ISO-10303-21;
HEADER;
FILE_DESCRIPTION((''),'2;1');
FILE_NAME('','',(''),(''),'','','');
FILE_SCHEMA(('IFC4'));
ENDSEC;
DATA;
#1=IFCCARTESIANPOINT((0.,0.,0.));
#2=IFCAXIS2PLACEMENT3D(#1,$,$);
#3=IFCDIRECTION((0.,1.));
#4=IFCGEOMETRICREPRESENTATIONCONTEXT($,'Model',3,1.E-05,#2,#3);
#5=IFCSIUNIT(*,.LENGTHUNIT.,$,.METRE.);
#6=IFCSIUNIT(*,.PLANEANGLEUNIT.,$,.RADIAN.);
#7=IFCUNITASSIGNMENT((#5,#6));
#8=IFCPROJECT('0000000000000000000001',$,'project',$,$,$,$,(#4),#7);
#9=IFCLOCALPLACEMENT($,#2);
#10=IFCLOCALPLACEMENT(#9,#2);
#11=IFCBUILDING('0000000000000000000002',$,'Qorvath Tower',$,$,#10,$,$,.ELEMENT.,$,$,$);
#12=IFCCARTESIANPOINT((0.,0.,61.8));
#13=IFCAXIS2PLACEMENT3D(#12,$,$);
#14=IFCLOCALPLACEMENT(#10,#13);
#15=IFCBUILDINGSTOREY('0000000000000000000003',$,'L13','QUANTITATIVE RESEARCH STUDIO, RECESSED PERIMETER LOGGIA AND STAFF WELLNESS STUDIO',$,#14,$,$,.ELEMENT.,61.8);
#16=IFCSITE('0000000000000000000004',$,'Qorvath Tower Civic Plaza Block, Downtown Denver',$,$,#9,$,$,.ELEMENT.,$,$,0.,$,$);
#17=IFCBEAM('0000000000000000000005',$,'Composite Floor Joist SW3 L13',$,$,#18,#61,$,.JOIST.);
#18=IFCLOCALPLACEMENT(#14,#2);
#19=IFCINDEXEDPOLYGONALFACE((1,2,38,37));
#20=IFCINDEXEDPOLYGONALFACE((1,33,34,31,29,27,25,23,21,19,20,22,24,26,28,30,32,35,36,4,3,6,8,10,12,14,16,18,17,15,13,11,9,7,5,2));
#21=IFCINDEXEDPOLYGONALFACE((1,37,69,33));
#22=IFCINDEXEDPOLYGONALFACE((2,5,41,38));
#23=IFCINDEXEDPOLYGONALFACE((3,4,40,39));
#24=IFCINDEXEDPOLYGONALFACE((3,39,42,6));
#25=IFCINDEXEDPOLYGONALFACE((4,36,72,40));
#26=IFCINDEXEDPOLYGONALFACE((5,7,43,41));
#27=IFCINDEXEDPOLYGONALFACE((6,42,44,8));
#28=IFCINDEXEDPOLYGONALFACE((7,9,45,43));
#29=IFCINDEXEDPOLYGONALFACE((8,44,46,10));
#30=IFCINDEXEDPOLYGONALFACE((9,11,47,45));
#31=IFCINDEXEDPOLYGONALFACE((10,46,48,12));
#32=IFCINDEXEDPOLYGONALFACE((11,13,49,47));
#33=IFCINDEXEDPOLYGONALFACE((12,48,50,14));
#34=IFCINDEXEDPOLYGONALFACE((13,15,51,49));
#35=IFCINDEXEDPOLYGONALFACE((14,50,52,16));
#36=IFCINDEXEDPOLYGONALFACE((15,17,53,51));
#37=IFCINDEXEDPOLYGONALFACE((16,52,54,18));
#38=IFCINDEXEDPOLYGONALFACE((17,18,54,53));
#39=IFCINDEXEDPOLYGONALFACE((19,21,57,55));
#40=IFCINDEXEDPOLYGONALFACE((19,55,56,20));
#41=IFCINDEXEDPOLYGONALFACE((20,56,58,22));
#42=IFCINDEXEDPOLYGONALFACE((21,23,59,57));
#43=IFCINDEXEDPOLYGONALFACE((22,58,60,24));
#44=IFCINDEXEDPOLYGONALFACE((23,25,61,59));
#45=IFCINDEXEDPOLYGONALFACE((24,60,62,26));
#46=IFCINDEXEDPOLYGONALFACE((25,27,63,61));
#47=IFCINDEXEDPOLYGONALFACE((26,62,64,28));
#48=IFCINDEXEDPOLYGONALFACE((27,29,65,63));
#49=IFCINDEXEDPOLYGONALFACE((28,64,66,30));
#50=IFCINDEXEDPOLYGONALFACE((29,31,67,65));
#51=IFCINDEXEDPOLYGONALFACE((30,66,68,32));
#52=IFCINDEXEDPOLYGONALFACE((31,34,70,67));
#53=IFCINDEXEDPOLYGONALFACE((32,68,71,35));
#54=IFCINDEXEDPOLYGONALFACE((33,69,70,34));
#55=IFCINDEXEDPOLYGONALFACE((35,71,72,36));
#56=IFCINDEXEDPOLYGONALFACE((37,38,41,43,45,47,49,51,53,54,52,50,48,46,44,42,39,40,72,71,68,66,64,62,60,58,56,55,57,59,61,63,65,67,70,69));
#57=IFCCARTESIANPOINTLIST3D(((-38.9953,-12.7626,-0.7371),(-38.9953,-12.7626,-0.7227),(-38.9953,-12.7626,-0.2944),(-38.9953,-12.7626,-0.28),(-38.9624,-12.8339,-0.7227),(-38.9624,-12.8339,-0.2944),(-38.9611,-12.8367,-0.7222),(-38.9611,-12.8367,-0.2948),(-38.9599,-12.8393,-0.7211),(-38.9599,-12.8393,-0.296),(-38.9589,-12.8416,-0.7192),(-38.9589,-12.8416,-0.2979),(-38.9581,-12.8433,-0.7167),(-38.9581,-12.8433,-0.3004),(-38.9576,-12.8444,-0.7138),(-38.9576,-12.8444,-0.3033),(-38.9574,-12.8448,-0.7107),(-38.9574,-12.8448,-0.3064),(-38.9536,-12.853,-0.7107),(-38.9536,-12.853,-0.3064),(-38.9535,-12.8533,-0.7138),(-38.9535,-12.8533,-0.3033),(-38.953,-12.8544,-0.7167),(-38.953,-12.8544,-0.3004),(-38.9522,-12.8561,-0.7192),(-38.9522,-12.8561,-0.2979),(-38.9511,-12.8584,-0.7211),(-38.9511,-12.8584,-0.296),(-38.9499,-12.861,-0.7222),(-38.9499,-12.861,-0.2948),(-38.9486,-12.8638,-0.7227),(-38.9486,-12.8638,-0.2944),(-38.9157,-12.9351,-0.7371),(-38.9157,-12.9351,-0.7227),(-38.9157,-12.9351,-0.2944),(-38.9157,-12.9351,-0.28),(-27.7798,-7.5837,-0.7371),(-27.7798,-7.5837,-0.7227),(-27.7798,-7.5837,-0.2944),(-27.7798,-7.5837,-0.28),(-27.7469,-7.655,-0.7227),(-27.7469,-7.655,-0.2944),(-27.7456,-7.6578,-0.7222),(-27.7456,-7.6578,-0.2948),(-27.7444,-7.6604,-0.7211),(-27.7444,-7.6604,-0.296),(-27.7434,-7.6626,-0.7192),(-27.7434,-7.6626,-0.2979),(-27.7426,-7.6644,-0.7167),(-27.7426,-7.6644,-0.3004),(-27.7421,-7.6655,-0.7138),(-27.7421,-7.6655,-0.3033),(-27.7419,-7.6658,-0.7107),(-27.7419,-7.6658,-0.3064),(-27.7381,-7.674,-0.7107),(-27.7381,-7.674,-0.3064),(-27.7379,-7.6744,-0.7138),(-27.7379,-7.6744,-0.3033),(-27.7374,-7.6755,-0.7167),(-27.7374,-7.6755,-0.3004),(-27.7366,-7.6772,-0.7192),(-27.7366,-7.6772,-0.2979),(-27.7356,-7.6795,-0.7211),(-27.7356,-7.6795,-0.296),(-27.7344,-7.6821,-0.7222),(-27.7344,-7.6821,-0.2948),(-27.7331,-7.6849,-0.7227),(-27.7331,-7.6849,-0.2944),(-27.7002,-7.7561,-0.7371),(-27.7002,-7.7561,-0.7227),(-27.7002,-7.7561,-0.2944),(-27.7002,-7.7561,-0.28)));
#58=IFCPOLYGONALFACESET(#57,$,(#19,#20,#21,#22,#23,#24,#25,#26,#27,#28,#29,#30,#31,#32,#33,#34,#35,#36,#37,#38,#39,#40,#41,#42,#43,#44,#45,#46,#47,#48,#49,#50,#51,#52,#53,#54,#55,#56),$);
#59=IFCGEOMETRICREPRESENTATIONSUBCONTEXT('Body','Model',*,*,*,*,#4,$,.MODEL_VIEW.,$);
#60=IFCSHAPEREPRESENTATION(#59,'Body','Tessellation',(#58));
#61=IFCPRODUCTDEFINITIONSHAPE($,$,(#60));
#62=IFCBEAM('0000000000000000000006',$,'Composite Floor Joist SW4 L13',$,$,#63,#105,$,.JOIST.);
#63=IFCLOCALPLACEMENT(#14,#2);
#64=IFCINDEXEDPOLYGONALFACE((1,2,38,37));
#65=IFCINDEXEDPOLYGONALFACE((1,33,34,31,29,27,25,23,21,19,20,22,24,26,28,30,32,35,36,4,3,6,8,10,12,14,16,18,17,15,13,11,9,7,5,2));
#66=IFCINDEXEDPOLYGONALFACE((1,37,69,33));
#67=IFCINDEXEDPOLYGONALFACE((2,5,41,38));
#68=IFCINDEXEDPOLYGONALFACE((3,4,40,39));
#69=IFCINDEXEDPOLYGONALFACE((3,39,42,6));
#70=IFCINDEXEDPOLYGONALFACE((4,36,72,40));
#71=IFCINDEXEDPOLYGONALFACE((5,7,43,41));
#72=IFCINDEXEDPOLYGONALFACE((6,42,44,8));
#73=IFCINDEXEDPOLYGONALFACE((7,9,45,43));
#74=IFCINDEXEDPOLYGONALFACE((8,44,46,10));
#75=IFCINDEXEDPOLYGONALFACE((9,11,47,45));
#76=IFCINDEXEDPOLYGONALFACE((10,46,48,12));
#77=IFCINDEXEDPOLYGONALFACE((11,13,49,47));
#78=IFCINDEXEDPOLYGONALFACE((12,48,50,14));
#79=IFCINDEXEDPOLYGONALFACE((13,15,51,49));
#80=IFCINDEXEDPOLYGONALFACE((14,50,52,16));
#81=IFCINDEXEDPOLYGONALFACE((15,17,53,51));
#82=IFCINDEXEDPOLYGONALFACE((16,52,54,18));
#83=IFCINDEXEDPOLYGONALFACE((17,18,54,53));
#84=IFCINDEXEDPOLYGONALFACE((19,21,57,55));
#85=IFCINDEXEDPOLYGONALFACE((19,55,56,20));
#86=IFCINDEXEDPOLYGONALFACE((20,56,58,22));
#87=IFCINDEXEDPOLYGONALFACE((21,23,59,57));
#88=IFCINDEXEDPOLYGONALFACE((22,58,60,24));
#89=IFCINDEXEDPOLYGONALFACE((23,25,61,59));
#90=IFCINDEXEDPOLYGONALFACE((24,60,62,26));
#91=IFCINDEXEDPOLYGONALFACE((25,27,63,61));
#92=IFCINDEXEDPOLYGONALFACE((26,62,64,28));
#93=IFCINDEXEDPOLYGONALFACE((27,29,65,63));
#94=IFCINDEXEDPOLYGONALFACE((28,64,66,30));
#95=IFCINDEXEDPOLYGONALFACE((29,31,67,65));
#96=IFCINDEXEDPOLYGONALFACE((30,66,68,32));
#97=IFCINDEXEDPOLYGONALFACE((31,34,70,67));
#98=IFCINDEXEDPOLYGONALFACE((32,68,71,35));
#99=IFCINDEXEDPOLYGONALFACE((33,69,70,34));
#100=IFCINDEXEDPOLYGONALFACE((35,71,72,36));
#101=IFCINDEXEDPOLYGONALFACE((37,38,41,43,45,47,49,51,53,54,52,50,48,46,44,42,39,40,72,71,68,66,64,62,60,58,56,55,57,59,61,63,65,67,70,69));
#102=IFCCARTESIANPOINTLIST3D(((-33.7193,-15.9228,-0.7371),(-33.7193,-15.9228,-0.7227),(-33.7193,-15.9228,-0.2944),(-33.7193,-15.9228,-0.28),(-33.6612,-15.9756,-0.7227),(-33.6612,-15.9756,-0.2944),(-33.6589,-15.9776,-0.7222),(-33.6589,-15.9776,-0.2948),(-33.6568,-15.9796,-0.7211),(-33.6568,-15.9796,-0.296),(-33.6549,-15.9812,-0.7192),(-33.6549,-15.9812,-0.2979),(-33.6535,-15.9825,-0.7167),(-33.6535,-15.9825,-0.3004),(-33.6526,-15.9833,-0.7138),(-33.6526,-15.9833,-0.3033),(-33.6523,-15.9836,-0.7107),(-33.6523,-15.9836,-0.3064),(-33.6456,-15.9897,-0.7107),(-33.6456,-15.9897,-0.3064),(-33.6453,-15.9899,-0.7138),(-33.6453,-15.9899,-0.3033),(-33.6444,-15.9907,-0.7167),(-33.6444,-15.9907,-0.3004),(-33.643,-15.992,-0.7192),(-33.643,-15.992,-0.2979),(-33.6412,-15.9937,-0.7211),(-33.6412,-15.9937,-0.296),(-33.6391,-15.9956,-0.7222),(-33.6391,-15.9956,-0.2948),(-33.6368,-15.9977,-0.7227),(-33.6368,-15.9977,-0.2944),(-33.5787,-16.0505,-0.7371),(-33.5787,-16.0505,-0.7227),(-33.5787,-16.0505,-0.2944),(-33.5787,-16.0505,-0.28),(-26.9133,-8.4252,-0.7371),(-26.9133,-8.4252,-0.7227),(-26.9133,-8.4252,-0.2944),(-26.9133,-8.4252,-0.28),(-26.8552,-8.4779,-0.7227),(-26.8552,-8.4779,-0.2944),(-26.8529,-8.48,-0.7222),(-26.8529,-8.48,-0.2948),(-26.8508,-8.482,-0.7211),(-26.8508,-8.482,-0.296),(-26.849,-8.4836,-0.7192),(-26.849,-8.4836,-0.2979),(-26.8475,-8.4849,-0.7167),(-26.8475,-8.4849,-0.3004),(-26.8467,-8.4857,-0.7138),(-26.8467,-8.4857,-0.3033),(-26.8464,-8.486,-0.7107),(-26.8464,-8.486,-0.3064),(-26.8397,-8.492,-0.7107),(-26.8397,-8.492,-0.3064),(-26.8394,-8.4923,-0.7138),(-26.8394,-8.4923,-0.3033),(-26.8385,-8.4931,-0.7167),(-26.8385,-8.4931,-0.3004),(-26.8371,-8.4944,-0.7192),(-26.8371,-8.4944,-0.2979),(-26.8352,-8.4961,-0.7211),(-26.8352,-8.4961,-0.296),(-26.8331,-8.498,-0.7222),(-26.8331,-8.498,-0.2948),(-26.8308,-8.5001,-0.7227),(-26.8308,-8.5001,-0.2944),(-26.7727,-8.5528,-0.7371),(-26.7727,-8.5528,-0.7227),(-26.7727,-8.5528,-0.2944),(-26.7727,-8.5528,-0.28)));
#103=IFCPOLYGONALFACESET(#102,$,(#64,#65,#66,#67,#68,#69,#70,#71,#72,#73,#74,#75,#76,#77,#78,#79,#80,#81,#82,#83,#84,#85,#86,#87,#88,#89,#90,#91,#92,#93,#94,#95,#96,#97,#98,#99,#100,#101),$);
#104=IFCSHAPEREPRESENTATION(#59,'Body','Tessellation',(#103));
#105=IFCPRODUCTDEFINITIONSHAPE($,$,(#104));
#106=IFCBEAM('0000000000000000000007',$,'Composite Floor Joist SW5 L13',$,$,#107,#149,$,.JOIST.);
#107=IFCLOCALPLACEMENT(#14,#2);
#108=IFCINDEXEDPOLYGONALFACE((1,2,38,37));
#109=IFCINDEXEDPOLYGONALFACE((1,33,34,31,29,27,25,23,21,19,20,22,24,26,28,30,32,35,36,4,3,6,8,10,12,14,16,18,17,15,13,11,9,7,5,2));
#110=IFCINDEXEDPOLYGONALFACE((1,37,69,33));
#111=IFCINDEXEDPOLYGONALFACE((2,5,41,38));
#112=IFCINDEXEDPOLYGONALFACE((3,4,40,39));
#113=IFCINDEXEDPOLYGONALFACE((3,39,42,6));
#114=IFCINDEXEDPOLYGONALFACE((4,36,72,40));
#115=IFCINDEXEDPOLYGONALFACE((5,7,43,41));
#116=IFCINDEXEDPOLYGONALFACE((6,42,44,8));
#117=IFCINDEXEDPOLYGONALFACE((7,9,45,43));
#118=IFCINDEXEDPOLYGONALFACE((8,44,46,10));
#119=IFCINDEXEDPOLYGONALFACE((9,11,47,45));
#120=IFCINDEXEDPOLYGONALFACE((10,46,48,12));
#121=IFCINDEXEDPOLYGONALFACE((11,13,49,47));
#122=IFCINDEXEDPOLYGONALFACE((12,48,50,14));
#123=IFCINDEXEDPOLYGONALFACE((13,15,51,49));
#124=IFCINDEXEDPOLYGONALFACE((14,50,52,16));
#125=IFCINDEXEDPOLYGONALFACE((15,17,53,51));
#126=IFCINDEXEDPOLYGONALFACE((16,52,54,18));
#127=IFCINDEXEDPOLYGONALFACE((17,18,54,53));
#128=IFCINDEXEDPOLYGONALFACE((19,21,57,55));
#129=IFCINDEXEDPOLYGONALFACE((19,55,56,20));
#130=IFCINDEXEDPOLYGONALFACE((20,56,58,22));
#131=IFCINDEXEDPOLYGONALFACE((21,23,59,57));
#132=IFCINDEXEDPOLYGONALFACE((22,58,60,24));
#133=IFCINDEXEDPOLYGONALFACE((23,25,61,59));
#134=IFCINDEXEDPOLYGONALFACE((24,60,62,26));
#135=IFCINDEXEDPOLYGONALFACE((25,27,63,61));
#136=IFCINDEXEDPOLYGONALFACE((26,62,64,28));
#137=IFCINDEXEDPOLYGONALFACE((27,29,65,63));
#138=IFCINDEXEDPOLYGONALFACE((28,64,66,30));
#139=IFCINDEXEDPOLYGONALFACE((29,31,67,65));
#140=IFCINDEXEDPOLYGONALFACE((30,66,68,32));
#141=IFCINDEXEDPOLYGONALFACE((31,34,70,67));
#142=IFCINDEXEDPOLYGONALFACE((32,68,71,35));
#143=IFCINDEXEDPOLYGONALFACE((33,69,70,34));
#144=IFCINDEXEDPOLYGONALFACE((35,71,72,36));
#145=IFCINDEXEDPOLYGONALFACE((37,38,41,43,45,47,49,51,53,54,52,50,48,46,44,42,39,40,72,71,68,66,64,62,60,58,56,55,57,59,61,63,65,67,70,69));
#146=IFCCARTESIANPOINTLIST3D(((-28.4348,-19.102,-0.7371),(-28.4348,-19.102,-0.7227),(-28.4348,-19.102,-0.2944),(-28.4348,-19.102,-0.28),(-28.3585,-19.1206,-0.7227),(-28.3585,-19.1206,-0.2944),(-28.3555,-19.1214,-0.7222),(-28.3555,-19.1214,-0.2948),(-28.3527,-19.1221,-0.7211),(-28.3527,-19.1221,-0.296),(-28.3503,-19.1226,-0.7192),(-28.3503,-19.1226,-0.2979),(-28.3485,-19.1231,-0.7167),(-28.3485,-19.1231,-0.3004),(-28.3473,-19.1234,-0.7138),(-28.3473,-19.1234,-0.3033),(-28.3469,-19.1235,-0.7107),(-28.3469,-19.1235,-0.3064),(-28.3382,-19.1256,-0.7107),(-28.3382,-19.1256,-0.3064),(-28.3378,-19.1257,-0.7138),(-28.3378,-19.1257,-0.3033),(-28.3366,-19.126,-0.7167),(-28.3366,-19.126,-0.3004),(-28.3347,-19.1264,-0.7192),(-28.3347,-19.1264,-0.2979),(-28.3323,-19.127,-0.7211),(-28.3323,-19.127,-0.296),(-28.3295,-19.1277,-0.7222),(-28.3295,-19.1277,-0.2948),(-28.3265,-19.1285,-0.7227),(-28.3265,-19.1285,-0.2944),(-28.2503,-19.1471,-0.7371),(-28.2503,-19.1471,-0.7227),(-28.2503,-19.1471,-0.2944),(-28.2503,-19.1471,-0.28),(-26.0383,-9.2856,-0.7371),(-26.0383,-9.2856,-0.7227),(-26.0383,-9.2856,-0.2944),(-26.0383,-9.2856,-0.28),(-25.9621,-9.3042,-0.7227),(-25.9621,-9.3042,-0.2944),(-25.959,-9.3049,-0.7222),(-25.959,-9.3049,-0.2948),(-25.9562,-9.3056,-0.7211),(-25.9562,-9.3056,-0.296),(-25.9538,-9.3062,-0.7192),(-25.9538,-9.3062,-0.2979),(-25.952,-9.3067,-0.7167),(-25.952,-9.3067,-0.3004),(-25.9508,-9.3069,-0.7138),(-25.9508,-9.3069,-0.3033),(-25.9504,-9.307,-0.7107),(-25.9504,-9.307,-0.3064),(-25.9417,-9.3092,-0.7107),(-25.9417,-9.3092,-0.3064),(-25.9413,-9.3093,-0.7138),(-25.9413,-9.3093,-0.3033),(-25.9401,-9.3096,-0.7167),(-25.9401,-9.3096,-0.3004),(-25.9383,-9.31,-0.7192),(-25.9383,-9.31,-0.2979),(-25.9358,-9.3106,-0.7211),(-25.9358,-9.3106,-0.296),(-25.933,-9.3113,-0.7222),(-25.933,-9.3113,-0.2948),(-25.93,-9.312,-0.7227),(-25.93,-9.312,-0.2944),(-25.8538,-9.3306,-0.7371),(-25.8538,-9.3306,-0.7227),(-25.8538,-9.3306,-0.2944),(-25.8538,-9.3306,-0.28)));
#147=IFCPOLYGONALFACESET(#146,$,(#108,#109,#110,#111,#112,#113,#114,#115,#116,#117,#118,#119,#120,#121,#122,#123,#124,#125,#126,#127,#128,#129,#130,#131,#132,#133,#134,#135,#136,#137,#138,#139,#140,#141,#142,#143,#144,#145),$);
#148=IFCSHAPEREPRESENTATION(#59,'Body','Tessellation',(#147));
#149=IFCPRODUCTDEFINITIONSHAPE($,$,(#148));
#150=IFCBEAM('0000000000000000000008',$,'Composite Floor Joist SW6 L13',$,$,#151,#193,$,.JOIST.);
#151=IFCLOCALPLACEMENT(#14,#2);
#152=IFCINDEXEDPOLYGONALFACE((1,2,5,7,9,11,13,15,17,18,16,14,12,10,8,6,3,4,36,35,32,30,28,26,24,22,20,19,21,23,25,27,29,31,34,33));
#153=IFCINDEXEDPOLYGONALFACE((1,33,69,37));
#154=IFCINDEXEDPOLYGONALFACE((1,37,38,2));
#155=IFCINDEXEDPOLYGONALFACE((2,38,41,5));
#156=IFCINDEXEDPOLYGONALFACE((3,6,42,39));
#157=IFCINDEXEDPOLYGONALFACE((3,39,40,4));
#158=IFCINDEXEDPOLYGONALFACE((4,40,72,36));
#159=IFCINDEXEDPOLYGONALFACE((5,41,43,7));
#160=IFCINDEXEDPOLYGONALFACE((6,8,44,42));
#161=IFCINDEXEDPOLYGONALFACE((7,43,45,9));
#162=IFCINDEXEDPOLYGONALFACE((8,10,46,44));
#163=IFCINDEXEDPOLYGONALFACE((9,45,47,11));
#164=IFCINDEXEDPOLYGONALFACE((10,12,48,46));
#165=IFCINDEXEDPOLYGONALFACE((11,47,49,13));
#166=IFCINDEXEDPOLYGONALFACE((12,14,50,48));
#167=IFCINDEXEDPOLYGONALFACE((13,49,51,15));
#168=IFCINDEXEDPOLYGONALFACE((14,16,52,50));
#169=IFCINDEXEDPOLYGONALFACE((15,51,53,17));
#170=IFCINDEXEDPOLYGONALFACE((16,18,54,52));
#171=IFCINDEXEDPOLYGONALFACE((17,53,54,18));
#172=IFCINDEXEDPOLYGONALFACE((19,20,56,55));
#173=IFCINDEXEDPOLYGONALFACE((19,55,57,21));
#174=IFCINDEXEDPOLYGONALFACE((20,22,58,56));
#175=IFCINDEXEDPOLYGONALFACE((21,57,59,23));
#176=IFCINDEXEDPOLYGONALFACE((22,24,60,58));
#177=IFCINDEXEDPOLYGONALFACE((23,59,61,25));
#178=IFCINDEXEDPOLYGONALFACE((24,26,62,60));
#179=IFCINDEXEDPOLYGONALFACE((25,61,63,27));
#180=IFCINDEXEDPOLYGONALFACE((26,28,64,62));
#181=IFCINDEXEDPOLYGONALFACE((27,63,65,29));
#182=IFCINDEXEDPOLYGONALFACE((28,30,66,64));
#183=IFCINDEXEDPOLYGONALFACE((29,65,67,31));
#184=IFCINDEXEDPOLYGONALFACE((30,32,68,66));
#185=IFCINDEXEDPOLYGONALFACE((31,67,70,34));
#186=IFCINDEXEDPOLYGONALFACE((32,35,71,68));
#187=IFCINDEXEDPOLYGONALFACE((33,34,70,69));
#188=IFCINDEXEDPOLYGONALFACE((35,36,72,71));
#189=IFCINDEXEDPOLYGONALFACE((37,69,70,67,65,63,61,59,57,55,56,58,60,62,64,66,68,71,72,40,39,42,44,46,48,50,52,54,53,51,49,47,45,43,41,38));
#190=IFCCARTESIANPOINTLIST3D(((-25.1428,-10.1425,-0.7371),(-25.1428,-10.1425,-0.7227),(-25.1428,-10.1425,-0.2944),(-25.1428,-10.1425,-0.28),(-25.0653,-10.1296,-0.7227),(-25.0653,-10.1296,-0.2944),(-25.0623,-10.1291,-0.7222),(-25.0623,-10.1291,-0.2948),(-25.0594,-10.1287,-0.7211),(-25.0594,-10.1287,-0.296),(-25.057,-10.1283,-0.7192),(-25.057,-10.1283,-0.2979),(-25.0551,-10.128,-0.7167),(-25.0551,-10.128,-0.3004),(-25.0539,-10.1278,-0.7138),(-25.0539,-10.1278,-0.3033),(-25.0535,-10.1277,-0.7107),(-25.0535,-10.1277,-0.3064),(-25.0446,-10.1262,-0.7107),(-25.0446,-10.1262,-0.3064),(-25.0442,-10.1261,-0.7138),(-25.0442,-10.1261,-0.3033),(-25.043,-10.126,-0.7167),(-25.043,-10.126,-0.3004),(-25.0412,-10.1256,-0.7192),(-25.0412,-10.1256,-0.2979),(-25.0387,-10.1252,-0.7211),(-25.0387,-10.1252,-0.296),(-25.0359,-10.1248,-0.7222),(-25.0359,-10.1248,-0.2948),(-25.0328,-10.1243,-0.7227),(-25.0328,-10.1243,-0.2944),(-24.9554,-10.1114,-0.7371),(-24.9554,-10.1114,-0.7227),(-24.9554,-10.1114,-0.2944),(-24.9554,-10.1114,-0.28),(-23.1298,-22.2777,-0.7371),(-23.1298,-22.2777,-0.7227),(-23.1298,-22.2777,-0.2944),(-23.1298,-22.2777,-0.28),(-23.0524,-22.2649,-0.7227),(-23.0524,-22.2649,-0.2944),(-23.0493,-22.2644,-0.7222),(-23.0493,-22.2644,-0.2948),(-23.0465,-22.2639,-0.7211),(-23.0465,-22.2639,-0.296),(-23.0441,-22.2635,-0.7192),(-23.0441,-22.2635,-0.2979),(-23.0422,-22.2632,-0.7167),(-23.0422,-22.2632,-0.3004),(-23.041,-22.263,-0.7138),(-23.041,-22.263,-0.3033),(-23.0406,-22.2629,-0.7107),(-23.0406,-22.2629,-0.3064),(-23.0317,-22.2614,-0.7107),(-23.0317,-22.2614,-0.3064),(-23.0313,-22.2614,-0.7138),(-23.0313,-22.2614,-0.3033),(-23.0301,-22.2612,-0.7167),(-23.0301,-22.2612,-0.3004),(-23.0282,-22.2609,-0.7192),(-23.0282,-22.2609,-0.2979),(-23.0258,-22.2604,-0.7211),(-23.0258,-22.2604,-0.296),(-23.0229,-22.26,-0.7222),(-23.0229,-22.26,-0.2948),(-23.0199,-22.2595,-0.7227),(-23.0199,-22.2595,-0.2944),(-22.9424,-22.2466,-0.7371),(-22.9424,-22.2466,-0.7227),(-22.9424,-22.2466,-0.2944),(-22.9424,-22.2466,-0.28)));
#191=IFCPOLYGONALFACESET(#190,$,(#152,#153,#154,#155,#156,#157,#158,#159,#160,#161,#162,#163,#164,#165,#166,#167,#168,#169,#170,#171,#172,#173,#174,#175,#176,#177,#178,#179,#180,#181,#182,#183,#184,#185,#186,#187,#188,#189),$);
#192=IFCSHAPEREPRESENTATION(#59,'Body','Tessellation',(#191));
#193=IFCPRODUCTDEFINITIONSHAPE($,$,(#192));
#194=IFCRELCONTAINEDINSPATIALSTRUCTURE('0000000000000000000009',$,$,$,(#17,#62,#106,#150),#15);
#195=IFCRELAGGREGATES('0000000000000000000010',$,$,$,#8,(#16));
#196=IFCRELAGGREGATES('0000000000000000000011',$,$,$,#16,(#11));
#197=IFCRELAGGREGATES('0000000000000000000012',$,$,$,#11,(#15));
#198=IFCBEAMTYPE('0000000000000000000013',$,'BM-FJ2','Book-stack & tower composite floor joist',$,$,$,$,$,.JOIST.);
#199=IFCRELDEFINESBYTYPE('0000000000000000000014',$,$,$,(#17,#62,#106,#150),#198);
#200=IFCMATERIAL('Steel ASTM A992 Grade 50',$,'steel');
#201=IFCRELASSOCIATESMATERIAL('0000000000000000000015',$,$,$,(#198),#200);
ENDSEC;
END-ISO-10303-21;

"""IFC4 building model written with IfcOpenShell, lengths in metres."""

from ifc_helpers import new_model, si_unit, direction, frame, origin, origin_2d, place, context, subcontext, project, spatial, i_section, extrude, material, material_profile, profile_set, type_object, element, save


model = new_model("IFC4")

# Units and contexts
model_context = context("Model", 3, precision=1e-05, world=origin(), true_north=direction((0.0, 1.0)))
body_context = subcontext(model_context, "Body", "Model", "MODEL_VIEW")
ifc_project = project(units=[si_unit("LENGTHUNIT", "METRE"), si_unit("PLANEANGLEUNIT", "RADIAN")], contexts=[model_context])

# Site, building, storey
site_placement = place(None, origin())
site = spatial("IfcSite", under=ifc_project, at=site_placement, Name="Qorvath Tower Civic Plaza Block, Downtown Denver", CompositionType="ELEMENT", RefElevation=0.0)
building_placement = place(site_placement, origin())
building = spatial("IfcBuilding", under=site, at=building_placement, Name="Qorvath Tower", CompositionType="ELEMENT")
storey_placement = place(building_placement, frame((0.0, 0.0, 61.8)))
storey = spatial("IfcBuildingStorey", under=building, at=storey_placement, Name="L13", Description="QUANTITATIVE RESEARCH STUDIO, RECESSED PERIMETER LOGGIA AND STAFF WELLNESS STUDIO", CompositionType="ELEMENT", Elevation=61.8)

# Beams
ifc_material_1 = material(Name="Steel ASTM A992 Grade 50", Category="steel")
ifc_material_profile_1 = material_profile(ifc_material_1, i_section(OverallWidth=0.1899, OverallDepth=0.457, WebThickness=0.009, FlangeThickness=0.0144, FilletRadius=0.012, at=origin_2d()), Name="W18x50")
ifc_profile_set_1 = profile_set([ifc_material_profile_1], Name="Steel ASTM A992 Grade 50")
beam_type_1 = type_object("IfcBeamType", Name="BM-FJ2", Description="Book-stack & tower composite floor joist", PredefinedType="JOIST", material=ifc_profile_set_1)
beam_1_placement = place(storey_placement, frame((-27.74, -7.6699, -0.5085), z_axis=(-0.907881, -0.419227, 0.0), x_axis=(0.419227, -0.907881, 0.0)))
element("IfcBeam", 1, at=beam_1_placement, inside=storey, type_object=beam_type_1, Name="Composite Floor Joist SW3 L13", PredefinedType="JOIST", context=body_context, shape_type="SweptSolid", body=[
    extrude(i_section(OverallWidth=0.1899, OverallDepth=0.457, WebThickness=0.009, FlangeThickness=0.0144, FilletRadius=0.012, at=origin_2d()), origin(), (0.0, 0.0, 1.0), 12.3535),
])
beam_2_placement = place(storey_placement, frame((-26.843, -8.489, -0.5085), z_axis=(-0.672129, -0.740434, 0.0), x_axis=(0.740434, -0.672129, 0.0)))
element("IfcBeam", 2, at=beam_2_placement, inside=storey, type_object=beam_type_1, Name="Composite Floor Joist SW4 L13", PredefinedType="JOIST", context=body_context, shape_type="SweptSolid", body=[
    extrude(i_section(OverallWidth=0.1899, OverallDepth=0.457, WebThickness=0.009, FlangeThickness=0.0144, FilletRadius=0.012, at=origin_2d()), origin(), (0.0, 0.0, 1.0), 10.126),
])
beam_3_placement = place(storey_placement, frame((-25.946, -9.3081, -0.5085), z_axis=(-0.237165, -0.971469, 0.0), x_axis=(0.971469, -0.237165, 0.0)))
element("IfcBeam", 3, at=beam_3_placement, inside=storey, type_object=beam_type_1, Name="Composite Floor Joist SW5 L13", PredefinedType="JOIST", context=body_context, shape_type="SweptSolid", body=[
    extrude(i_section(OverallWidth=0.1899, OverallDepth=0.457, WebThickness=0.009, FlangeThickness=0.0144, FilletRadius=0.012, at=origin_2d()), origin(), (0.0, 0.0, 1.0), 10.1047),
])
beam_4_placement = place(storey_placement, frame((-25.0491, -10.127, -0.5085), z_axis=(0.163639, -0.98652, 0.0), x_axis=(0.98652, 0.163639, 0.0)))
element("IfcBeam", 4, at=beam_4_placement, inside=storey, type_object=beam_type_1, Name="Composite Floor Joist SW6 L13", PredefinedType="JOIST", context=body_context, shape_type="SweptSolid", body=[
    extrude(i_section(OverallWidth=0.1899, OverallDepth=0.457, WebThickness=0.009, FlangeThickness=0.0144, FilletRadius=0.012, at=origin_2d()), origin(), (0.0, 0.0, 1.0), 12.301),
])

save(model, "model.ifc")
